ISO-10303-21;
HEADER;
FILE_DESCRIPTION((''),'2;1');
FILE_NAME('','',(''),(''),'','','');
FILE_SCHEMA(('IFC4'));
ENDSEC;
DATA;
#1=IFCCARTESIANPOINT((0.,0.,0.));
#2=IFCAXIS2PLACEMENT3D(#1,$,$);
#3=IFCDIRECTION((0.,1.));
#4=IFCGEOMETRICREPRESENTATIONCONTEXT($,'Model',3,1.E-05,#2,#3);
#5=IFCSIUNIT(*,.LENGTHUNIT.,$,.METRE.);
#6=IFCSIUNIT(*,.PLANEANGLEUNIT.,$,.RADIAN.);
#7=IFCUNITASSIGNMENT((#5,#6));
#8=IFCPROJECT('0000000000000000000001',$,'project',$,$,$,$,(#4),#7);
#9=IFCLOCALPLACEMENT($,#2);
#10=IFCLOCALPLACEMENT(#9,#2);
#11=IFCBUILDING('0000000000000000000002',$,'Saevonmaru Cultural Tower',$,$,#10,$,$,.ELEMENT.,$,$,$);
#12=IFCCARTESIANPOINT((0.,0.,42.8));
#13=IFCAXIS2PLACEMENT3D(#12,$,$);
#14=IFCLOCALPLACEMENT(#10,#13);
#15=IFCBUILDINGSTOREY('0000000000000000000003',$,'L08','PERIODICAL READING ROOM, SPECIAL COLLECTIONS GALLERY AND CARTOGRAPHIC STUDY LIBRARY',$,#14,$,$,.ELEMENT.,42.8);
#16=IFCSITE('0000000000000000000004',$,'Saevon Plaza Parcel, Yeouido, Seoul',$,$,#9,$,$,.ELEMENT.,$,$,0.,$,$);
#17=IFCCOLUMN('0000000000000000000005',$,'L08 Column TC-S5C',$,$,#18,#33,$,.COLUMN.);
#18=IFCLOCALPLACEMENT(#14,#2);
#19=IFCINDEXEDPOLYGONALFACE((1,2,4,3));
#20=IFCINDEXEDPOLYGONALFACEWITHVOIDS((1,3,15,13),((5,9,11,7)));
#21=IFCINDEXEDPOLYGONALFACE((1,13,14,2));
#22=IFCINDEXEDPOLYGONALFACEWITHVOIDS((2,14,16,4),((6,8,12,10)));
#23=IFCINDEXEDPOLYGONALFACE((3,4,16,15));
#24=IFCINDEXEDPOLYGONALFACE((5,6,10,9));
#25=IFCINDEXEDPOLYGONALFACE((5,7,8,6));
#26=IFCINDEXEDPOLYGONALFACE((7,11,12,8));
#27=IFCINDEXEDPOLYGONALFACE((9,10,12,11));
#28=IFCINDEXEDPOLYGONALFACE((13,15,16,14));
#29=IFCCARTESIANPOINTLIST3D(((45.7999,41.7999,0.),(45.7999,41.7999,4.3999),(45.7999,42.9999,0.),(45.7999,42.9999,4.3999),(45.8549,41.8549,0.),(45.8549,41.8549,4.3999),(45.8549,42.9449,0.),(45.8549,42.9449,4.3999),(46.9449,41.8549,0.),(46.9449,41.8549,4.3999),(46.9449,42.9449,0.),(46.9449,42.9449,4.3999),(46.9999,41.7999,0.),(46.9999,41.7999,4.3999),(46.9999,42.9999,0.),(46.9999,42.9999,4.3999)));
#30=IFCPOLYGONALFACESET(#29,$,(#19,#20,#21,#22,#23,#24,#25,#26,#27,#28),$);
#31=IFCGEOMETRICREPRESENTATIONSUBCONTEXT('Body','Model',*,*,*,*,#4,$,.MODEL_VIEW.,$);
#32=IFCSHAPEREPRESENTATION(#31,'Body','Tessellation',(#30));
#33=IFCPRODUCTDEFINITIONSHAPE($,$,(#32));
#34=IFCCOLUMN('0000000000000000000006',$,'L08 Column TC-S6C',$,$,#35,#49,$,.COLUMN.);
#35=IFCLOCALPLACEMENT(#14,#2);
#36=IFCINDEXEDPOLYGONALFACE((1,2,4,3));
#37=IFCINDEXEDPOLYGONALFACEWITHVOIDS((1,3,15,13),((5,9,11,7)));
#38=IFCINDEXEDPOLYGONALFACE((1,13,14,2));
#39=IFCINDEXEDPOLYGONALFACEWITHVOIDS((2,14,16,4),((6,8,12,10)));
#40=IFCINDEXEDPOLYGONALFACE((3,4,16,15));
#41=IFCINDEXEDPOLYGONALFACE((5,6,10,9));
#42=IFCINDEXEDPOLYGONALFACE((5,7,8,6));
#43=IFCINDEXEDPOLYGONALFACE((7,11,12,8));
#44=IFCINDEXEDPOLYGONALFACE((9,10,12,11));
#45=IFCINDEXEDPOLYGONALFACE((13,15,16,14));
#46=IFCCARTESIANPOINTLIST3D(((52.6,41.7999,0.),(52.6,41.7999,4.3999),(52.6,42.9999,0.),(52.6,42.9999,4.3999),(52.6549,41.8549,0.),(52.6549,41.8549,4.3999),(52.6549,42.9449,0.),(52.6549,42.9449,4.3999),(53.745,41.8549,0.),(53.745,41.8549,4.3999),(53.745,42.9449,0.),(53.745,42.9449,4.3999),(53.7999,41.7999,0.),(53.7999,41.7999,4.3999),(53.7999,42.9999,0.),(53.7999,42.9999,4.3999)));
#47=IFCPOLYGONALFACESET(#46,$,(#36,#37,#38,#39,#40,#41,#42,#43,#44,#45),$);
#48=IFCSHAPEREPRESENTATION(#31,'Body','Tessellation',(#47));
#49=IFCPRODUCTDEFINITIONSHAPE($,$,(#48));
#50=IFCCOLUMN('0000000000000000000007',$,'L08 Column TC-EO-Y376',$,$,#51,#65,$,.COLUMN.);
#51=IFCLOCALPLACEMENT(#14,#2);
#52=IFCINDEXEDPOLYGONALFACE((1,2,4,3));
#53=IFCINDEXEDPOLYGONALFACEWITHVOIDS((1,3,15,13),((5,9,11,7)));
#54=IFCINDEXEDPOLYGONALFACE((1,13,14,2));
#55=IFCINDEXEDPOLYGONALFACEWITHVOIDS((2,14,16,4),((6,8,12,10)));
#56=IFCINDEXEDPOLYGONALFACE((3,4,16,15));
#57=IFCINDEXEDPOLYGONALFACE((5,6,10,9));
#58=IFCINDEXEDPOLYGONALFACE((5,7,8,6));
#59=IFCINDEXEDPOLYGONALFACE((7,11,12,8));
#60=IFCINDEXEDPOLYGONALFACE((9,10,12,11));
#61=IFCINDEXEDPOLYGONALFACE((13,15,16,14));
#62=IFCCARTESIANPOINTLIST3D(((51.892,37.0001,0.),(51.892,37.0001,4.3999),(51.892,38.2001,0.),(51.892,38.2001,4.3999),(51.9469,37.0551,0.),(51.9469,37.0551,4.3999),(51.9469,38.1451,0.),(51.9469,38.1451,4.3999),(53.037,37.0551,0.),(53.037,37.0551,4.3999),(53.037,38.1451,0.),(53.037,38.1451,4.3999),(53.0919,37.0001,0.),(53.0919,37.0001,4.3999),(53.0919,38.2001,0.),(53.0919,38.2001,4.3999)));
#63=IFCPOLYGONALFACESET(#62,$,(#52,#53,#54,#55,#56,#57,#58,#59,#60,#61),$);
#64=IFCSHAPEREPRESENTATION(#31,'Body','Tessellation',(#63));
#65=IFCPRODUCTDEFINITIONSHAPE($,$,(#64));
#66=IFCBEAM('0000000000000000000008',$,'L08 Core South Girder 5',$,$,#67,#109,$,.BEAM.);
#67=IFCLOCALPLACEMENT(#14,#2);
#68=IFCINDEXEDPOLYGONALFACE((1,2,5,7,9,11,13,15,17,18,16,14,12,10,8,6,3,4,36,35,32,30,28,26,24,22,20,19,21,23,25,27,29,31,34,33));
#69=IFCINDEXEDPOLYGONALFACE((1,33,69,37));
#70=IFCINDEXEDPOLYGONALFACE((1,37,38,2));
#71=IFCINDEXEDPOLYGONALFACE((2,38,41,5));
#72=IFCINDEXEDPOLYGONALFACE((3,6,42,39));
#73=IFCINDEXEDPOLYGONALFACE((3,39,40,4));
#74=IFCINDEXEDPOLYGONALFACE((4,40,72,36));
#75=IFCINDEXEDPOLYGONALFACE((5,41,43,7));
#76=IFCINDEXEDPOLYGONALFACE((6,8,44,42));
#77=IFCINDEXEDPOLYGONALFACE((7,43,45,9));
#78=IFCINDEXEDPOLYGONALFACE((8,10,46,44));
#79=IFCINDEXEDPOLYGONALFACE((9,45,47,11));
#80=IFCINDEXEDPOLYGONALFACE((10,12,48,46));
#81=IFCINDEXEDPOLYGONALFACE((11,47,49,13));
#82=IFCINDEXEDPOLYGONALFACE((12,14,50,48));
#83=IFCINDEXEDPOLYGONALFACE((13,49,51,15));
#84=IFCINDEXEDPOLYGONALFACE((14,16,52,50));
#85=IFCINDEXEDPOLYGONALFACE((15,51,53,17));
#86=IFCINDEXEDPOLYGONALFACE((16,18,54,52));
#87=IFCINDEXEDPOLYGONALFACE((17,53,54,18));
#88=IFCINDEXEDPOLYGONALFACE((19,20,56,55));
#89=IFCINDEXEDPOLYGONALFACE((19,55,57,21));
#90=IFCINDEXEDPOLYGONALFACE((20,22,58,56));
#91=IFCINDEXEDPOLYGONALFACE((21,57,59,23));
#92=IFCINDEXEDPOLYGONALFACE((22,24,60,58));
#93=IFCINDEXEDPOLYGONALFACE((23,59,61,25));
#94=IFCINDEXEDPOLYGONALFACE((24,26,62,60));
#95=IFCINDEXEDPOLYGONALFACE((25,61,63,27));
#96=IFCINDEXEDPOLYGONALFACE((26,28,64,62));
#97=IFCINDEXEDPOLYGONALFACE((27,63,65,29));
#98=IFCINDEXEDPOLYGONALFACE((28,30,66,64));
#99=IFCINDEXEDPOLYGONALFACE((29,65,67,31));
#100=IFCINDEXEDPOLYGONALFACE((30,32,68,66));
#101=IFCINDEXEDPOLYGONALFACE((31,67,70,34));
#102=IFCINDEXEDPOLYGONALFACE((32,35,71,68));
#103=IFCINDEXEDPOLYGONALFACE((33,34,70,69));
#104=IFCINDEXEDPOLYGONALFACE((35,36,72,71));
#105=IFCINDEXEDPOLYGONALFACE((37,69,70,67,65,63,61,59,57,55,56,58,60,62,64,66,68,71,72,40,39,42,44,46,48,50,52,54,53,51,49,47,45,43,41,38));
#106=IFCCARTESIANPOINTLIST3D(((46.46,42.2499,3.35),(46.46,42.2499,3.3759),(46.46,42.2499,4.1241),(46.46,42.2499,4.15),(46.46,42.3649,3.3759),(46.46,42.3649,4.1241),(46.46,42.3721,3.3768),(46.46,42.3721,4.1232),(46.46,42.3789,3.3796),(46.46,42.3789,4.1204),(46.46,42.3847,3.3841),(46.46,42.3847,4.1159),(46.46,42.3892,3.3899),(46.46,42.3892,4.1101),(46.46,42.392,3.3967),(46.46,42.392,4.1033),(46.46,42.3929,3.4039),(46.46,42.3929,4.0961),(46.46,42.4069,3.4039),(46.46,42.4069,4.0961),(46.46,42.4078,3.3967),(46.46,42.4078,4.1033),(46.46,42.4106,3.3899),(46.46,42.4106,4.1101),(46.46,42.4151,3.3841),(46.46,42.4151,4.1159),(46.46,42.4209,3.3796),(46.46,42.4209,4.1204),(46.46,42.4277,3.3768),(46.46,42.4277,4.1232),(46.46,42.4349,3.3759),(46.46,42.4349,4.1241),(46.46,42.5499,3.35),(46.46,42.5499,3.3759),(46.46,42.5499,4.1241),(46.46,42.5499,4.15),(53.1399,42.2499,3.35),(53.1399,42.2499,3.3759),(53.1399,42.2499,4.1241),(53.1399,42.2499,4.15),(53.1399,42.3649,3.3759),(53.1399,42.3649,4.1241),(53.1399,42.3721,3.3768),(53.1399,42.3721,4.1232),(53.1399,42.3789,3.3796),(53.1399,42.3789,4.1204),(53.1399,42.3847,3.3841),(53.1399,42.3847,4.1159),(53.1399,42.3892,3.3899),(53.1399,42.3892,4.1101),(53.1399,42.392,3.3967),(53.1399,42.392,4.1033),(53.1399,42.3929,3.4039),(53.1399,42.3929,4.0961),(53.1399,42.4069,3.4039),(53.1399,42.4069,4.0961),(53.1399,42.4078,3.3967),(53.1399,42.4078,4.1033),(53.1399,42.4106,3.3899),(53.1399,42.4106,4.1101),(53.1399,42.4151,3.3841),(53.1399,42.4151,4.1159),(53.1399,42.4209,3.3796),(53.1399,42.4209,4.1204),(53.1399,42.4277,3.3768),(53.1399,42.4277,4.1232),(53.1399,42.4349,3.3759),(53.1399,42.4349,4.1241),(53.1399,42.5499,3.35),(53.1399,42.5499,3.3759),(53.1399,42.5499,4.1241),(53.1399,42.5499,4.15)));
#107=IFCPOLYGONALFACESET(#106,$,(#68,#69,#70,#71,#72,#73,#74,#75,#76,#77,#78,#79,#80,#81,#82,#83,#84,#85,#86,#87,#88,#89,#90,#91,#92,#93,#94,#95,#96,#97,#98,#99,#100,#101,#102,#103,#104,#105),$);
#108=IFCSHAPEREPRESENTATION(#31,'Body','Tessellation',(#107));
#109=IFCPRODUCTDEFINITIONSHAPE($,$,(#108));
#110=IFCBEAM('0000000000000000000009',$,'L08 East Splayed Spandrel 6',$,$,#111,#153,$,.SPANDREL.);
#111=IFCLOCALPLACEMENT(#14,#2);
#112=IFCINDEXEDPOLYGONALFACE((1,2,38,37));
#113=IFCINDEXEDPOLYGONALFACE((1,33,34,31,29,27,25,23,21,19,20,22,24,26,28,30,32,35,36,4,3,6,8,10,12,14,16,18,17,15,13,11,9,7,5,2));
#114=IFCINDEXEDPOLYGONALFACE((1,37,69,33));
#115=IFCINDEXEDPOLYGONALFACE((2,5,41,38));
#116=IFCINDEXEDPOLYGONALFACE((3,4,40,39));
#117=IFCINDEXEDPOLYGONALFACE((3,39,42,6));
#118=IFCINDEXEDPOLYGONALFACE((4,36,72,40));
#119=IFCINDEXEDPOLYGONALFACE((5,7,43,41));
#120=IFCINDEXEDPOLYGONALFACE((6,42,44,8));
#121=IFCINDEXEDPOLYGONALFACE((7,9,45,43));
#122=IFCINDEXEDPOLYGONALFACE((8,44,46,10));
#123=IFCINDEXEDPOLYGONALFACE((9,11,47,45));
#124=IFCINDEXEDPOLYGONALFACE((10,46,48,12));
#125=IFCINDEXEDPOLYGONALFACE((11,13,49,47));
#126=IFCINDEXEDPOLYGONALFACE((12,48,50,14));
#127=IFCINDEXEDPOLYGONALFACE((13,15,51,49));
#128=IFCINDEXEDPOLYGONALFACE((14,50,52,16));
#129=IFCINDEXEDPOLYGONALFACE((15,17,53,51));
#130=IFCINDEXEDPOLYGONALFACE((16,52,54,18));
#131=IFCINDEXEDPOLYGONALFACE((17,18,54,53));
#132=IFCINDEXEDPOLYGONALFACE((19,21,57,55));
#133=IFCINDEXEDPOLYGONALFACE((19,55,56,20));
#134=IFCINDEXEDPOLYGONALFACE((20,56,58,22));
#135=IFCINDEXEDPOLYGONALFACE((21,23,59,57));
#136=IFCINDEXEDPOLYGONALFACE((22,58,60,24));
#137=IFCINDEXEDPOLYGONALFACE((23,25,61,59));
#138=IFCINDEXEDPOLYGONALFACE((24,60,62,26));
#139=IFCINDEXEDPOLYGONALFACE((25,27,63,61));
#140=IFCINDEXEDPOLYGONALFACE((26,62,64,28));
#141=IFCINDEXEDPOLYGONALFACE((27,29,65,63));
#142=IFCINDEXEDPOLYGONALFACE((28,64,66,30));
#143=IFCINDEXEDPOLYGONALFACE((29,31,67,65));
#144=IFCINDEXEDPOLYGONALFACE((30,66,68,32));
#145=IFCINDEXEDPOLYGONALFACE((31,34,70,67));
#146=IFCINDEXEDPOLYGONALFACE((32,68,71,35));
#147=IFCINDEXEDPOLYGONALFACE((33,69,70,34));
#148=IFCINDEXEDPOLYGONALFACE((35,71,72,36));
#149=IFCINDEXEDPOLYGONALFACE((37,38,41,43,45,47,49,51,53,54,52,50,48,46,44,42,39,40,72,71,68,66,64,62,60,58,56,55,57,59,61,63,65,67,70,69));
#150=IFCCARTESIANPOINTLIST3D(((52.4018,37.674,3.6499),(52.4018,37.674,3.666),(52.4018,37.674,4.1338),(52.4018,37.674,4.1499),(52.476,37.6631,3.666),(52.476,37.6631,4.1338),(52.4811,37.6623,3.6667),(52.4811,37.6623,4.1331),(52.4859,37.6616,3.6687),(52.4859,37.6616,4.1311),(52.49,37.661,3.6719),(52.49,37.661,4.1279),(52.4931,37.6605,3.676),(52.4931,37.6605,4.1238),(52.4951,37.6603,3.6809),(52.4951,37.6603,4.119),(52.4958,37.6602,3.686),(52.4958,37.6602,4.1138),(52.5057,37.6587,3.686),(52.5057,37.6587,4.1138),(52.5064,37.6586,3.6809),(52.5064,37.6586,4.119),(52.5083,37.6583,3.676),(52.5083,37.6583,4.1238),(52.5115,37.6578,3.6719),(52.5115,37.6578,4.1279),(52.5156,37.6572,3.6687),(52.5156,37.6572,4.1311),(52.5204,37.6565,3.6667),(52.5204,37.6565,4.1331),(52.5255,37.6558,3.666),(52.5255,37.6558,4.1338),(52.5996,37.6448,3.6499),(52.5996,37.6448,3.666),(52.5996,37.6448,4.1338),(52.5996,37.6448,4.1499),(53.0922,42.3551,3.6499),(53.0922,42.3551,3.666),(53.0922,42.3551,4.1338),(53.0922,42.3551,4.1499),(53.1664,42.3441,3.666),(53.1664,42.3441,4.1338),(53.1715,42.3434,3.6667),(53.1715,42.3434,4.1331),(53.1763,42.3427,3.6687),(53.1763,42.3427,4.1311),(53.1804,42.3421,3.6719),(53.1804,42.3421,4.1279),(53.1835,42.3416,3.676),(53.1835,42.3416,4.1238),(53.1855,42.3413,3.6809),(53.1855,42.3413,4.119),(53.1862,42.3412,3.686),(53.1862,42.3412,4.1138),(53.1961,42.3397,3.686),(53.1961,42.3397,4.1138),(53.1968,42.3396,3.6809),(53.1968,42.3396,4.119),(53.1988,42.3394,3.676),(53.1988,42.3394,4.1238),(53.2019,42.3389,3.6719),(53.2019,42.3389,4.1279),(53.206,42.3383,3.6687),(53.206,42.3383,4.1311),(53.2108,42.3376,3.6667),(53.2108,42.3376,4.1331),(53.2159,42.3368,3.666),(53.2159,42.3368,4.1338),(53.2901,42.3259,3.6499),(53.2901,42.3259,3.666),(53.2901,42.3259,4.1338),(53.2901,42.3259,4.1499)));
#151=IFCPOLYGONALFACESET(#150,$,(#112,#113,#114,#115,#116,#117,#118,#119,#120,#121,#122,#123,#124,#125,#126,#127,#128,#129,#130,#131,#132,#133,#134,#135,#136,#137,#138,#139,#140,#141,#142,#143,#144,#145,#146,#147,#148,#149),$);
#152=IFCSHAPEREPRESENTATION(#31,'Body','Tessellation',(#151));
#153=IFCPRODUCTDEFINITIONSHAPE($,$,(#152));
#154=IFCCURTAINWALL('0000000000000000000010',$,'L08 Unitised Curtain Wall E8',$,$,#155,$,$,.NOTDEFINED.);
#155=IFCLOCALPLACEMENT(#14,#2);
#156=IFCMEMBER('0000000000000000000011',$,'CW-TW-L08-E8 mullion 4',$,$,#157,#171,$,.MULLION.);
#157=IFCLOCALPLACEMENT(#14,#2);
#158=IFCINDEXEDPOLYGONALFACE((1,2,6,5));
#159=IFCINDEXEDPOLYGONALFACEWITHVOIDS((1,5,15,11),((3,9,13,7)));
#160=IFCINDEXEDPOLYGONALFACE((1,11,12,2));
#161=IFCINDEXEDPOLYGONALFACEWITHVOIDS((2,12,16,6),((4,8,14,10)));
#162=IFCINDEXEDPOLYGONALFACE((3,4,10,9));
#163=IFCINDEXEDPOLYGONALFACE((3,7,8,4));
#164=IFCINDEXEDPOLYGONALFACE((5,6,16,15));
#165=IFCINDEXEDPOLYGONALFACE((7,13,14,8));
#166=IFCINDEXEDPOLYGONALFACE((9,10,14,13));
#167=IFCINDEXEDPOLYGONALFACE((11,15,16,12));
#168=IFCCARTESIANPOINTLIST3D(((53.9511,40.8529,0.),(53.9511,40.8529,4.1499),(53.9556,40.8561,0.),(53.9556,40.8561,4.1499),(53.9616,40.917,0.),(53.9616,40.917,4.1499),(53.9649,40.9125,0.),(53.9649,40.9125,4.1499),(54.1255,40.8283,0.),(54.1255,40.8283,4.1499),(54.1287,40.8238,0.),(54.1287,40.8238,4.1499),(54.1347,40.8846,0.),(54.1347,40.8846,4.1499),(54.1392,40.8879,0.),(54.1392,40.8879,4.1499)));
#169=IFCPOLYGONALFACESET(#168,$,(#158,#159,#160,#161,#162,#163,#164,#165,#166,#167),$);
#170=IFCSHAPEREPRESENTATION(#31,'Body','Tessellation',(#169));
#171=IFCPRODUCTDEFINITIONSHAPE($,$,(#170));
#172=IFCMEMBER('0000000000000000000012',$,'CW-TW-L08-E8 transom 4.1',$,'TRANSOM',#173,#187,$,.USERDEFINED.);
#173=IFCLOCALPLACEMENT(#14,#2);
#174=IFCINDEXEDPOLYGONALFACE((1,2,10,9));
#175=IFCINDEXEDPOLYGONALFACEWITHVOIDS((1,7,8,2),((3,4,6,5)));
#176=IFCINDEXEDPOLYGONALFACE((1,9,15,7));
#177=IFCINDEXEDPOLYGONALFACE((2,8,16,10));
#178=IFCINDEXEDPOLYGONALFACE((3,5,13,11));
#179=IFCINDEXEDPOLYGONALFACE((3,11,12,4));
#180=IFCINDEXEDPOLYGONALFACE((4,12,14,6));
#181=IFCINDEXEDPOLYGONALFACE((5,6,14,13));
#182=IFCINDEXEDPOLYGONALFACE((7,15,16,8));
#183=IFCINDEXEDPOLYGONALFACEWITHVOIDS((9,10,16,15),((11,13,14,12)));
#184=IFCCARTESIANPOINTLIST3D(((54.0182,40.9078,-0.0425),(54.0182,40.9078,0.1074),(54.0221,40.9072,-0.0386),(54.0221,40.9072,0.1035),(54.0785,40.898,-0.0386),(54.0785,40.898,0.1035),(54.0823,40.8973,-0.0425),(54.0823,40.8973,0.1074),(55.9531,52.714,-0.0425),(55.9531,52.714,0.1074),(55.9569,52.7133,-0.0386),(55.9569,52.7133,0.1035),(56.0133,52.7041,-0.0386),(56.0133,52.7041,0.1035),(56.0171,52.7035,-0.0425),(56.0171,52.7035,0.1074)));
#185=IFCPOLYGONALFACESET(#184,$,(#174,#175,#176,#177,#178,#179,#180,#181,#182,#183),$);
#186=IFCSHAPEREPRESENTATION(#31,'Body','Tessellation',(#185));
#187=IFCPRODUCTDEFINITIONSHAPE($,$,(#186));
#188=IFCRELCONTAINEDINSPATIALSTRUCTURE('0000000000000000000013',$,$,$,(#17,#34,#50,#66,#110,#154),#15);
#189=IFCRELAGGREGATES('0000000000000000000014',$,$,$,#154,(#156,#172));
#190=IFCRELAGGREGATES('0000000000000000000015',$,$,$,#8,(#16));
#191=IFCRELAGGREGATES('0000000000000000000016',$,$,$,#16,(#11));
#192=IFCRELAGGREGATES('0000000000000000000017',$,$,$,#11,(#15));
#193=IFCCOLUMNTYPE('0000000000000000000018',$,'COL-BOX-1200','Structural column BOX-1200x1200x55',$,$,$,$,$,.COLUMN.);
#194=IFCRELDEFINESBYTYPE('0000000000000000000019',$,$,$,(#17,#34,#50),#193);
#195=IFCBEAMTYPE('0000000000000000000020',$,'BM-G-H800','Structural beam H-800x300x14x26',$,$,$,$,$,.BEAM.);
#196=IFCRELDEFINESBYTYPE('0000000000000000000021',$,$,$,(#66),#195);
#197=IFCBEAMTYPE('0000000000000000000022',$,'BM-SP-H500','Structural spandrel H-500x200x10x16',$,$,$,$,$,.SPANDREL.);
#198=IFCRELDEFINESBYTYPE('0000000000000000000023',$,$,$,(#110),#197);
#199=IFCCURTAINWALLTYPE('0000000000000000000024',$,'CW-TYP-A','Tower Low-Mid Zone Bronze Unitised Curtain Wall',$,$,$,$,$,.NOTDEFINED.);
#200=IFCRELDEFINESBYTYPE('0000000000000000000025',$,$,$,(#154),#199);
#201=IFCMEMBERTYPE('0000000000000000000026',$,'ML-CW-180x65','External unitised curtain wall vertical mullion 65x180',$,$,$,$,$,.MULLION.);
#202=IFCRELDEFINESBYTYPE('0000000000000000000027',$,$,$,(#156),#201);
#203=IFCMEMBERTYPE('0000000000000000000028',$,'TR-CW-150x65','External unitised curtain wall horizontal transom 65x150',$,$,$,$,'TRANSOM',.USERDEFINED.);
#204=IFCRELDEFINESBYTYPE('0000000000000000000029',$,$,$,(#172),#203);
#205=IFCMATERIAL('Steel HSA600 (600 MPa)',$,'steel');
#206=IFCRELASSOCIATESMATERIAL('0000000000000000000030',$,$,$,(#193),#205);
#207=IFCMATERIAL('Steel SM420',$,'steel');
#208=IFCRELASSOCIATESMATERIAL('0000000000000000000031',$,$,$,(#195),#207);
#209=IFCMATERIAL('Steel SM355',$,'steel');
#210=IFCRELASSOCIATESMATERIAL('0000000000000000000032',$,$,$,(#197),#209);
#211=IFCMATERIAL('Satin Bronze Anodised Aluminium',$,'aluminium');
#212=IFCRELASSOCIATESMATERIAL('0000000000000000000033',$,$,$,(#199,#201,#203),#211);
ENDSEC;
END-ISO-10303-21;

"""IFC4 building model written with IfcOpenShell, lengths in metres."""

from ifc_helpers import new_model, si_unit, direction, frame, origin, origin_2d, place, context, subcontext, project, spatial, hollow_rectangle, i_section, extrude, material, material_profile, profile_set, type_object, element, aggregate, save


model = new_model("IFC4")

# Units and contexts
model_context = context("Model", 3, precision=1e-05, world=origin(), true_north=direction((0.0, 1.0)))
body_context = subcontext(model_context, "Body", "Model", "MODEL_VIEW")
ifc_project = project(units=[si_unit("LENGTHUNIT", "METRE"), si_unit("PLANEANGLEUNIT", "RADIAN")], contexts=[model_context])

# Site, building, storey
site_placement = place(None, origin())
site = spatial("IfcSite", under=ifc_project, at=site_placement, Name="Saevon Plaza Parcel, Yeouido, Seoul", CompositionType="ELEMENT", RefElevation=0.0)
building_placement = place(site_placement, origin())
building = spatial("IfcBuilding", under=site, at=building_placement, Name="Saevonmaru Cultural Tower", CompositionType="ELEMENT")
storey_placement = place(building_placement, frame((0.0, 0.0, 42.8)))
storey = spatial("IfcBuildingStorey", under=building, at=storey_placement, Name="L08", Description="PERIODICAL READING ROOM, SPECIAL COLLECTIONS GALLERY AND CARTOGRAPHIC STUDY LIBRARY", CompositionType="ELEMENT", Elevation=42.8)

# Columns
ifc_material_1 = material(Name="Steel HSA600 (600 MPa)", Category="steel")
ifc_material_profile_1 = material_profile(ifc_material_1, hollow_rectangle(XDim=1.2, YDim=1.2, WallThickness=0.0549, at=origin_2d()), Name="BOX-1200x1200x55")
ifc_profile_set_1 = profile_set([ifc_material_profile_1], Name="Steel HSA600 (600 MPa)")
column_type = type_object("IfcColumnType", Name="COL-BOX-1200", Description="Structural column BOX-1200x1200x55", PredefinedType="COLUMN", material=ifc_profile_set_1)
for number, where, z_axis, x_axis, name in (
    (1, (46.3999, 42.3999, 0.0), (0.0, 0.0, 1.0), (1.0, 0.0, 0.0), "L08 Column TC-S5C"),
    (2, (53.2, 42.3999, 0.0), (0.0, 0.0, 1.0), (1.0, 0.0, 0.0), "L08 Column TC-S6C"),
    (3, (52.4919, 37.6001, 0.0), (0.0, 0.0, 1.0), (1.0, 0.0, 0.0), "L08 Column TC-EO-Y376"),
):
    element("IfcColumn", number, at=place(storey_placement, frame(where, z_axis=z_axis, x_axis=x_axis)), inside=storey, type_object=column_type, Name=name, PredefinedType="COLUMN", context=body_context, shape_type="SweptSolid", body=[
        extrude(hollow_rectangle(XDim=1.2, YDim=1.2, WallThickness=0.0549, at=origin_2d()), origin(), (0.0, 0.0, 1.0), 4.3999),
    ])

# Beams
ifc_material_2 = material(Name="Steel SM420", Category="steel")
ifc_material_profile_2 = material_profile(ifc_material_2, i_section(OverallWidth=0.3, OverallDepth=0.8, WebThickness=0.0139, FlangeThickness=0.0259, FilletRadius=0.0281, at=origin_2d()), Name="H-800x300x14x26")
ifc_profile_set_2 = profile_set([ifc_material_profile_2], Name="Steel SM420")
beam_type_1 = type_object("IfcBeamType", Name="BM-G-H800", Description="Structural beam H-800x300x14x26", PredefinedType="BEAM", material=ifc_profile_set_2)
beam_1_placement = place(storey_placement, frame((46.46, 42.3999, 3.75), z_axis=(1.0, 0.0, 0.0), x_axis=(0.0, 1.0, 0.0)))
element("IfcBeam", 4, at=beam_1_placement, inside=storey, type_object=beam_type_1, Name="L08 Core South Girder 5", PredefinedType="BEAM", context=body_context, shape_type="SweptSolid", body=[
    extrude(i_section(OverallWidth=0.3, OverallDepth=0.8, WebThickness=0.0139, FlangeThickness=0.0259, FilletRadius=0.0281, at=origin_2d()), origin(), (0.0, 0.0, 1.0), 6.6799),
])
ifc_material_3 = material(Name="Steel SM355", Category="steel")
ifc_material_profile_3 = material_profile(ifc_material_3, i_section(OverallWidth=0.2, OverallDepth=0.5, WebThickness=0.01, FlangeThickness=0.0161, FilletRadius=0.02, at=origin_2d()), Name="H-500x200x10x16")
ifc_profile_set_3 = profile_set([ifc_material_profile_3], Name="Steel SM355")
beam_type_2 = type_object("IfcBeamType", Name="BM-SP-H500", Description="Structural spandrel H-500x200x10x16", PredefinedType="SPANDREL", material=ifc_profile_set_3)
beam_2_placement = place(storey_placement, frame((52.5007, 37.6594, 3.8999), z_axis=(0.145913, 0.989297, 0.0), x_axis=(-0.989297, 0.145913, 0.0)))
element("IfcBeam", 5, at=beam_2_placement, inside=storey, type_object=beam_type_2, Name="L08 East Splayed Spandrel 6", PredefinedType="SPANDREL", context=body_context, shape_type="SweptSolid", body=[
    extrude(i_section(OverallWidth=0.2, OverallDepth=0.5, WebThickness=0.01, FlangeThickness=0.0161, FilletRadius=0.02, at=origin_2d()), origin(), (0.0, 0.0, 1.0), 4.7317),
])

# Curtain wall, members
ifc_material_4 = material(Name="Satin Bronze Anodised Aluminium", Category="aluminium")
curtain_wall_type = type_object("IfcCurtainWallType", Name="CW-TYP-A", Description="Tower Low-Mid Zone Bronze Unitised Curtain Wall", PredefinedType="NOTDEFINED", material=ifc_material_4)
curtain_wall_placement = place(storey_placement, origin())
curtain_wall = element("IfcCurtainWall", 6, at=curtain_wall_placement, inside=storey, type_object=curtain_wall_type, Name="L08 Unitised Curtain Wall E8", PredefinedType="NOTDEFINED")
ifc_material_profile_4 = material_profile(ifc_material_4, hollow_rectangle(XDim=0.0649, YDim=0.1799, WallThickness=0.0039, at=origin_2d()), Name="ALU-MULL-180x65x4")
ifc_profile_set_4 = profile_set([ifc_material_profile_4], Name="Satin Bronze Anodised Aluminium")
member_type_1 = type_object("IfcMemberType", Name="ML-CW-180x65", Description="External unitised curtain wall vertical mullion 65x180", PredefinedType="MULLION", material=ifc_profile_set_4)
member_1_placement = place(storey_placement, frame((54.0452, 40.8704, 0.0), z_axis=(0.0, 0.0, 1.0), x_axis=(0.161709, 0.986839, 0.0)))
member_1 = element("IfcMember", 7, at=member_1_placement, type_object=member_type_1, Name="CW-TW-L08-E8 mullion 4", PredefinedType="MULLION", context=body_context, shape_type="SweptSolid", body=[
    extrude(hollow_rectangle(XDim=0.0649, YDim=0.1799, WallThickness=0.0039, at=origin_2d()), origin(), (0.0, 0.0, 1.0), 4.1499),
])
ifc_material_profile_5 = material_profile(ifc_material_4, hollow_rectangle(XDim=0.0649, YDim=0.1499, WallThickness=0.0039, at=origin_2d()), Name="ALU-TRAN-150x65x4")
ifc_profile_set_5 = profile_set([ifc_material_profile_5], Name="Satin Bronze Anodised Aluminium")
member_type_2 = type_object("IfcMemberType", Name="TR-CW-150x65", Description="External unitised curtain wall horizontal transom 65x150", ElementType="TRANSOM", PredefinedType="USERDEFINED", material=ifc_profile_set_5)
member_2_placement = place(storey_placement, frame((54.0503, 40.9026, 0.0325), z_axis=(0.161725, 0.986836, 0.0), x_axis=(-0.986836, 0.161725, 0.0)))
member_2 = element("IfcMember", 8, at=member_2_placement, type_object=member_type_2, Name="CW-TW-L08-E8 transom 4.1", ObjectType="TRANSOM", PredefinedType="USERDEFINED", context=body_context, shape_type="SweptSolid", body=[
    extrude(hollow_rectangle(XDim=0.0649, YDim=0.1499, WallThickness=0.0039, at=origin_2d()), origin(), (0.0, 0.0, 1.0), 11.9636),
])
aggregate(curtain_wall, [member_1, member_2])

save(model, "model.ifc")
